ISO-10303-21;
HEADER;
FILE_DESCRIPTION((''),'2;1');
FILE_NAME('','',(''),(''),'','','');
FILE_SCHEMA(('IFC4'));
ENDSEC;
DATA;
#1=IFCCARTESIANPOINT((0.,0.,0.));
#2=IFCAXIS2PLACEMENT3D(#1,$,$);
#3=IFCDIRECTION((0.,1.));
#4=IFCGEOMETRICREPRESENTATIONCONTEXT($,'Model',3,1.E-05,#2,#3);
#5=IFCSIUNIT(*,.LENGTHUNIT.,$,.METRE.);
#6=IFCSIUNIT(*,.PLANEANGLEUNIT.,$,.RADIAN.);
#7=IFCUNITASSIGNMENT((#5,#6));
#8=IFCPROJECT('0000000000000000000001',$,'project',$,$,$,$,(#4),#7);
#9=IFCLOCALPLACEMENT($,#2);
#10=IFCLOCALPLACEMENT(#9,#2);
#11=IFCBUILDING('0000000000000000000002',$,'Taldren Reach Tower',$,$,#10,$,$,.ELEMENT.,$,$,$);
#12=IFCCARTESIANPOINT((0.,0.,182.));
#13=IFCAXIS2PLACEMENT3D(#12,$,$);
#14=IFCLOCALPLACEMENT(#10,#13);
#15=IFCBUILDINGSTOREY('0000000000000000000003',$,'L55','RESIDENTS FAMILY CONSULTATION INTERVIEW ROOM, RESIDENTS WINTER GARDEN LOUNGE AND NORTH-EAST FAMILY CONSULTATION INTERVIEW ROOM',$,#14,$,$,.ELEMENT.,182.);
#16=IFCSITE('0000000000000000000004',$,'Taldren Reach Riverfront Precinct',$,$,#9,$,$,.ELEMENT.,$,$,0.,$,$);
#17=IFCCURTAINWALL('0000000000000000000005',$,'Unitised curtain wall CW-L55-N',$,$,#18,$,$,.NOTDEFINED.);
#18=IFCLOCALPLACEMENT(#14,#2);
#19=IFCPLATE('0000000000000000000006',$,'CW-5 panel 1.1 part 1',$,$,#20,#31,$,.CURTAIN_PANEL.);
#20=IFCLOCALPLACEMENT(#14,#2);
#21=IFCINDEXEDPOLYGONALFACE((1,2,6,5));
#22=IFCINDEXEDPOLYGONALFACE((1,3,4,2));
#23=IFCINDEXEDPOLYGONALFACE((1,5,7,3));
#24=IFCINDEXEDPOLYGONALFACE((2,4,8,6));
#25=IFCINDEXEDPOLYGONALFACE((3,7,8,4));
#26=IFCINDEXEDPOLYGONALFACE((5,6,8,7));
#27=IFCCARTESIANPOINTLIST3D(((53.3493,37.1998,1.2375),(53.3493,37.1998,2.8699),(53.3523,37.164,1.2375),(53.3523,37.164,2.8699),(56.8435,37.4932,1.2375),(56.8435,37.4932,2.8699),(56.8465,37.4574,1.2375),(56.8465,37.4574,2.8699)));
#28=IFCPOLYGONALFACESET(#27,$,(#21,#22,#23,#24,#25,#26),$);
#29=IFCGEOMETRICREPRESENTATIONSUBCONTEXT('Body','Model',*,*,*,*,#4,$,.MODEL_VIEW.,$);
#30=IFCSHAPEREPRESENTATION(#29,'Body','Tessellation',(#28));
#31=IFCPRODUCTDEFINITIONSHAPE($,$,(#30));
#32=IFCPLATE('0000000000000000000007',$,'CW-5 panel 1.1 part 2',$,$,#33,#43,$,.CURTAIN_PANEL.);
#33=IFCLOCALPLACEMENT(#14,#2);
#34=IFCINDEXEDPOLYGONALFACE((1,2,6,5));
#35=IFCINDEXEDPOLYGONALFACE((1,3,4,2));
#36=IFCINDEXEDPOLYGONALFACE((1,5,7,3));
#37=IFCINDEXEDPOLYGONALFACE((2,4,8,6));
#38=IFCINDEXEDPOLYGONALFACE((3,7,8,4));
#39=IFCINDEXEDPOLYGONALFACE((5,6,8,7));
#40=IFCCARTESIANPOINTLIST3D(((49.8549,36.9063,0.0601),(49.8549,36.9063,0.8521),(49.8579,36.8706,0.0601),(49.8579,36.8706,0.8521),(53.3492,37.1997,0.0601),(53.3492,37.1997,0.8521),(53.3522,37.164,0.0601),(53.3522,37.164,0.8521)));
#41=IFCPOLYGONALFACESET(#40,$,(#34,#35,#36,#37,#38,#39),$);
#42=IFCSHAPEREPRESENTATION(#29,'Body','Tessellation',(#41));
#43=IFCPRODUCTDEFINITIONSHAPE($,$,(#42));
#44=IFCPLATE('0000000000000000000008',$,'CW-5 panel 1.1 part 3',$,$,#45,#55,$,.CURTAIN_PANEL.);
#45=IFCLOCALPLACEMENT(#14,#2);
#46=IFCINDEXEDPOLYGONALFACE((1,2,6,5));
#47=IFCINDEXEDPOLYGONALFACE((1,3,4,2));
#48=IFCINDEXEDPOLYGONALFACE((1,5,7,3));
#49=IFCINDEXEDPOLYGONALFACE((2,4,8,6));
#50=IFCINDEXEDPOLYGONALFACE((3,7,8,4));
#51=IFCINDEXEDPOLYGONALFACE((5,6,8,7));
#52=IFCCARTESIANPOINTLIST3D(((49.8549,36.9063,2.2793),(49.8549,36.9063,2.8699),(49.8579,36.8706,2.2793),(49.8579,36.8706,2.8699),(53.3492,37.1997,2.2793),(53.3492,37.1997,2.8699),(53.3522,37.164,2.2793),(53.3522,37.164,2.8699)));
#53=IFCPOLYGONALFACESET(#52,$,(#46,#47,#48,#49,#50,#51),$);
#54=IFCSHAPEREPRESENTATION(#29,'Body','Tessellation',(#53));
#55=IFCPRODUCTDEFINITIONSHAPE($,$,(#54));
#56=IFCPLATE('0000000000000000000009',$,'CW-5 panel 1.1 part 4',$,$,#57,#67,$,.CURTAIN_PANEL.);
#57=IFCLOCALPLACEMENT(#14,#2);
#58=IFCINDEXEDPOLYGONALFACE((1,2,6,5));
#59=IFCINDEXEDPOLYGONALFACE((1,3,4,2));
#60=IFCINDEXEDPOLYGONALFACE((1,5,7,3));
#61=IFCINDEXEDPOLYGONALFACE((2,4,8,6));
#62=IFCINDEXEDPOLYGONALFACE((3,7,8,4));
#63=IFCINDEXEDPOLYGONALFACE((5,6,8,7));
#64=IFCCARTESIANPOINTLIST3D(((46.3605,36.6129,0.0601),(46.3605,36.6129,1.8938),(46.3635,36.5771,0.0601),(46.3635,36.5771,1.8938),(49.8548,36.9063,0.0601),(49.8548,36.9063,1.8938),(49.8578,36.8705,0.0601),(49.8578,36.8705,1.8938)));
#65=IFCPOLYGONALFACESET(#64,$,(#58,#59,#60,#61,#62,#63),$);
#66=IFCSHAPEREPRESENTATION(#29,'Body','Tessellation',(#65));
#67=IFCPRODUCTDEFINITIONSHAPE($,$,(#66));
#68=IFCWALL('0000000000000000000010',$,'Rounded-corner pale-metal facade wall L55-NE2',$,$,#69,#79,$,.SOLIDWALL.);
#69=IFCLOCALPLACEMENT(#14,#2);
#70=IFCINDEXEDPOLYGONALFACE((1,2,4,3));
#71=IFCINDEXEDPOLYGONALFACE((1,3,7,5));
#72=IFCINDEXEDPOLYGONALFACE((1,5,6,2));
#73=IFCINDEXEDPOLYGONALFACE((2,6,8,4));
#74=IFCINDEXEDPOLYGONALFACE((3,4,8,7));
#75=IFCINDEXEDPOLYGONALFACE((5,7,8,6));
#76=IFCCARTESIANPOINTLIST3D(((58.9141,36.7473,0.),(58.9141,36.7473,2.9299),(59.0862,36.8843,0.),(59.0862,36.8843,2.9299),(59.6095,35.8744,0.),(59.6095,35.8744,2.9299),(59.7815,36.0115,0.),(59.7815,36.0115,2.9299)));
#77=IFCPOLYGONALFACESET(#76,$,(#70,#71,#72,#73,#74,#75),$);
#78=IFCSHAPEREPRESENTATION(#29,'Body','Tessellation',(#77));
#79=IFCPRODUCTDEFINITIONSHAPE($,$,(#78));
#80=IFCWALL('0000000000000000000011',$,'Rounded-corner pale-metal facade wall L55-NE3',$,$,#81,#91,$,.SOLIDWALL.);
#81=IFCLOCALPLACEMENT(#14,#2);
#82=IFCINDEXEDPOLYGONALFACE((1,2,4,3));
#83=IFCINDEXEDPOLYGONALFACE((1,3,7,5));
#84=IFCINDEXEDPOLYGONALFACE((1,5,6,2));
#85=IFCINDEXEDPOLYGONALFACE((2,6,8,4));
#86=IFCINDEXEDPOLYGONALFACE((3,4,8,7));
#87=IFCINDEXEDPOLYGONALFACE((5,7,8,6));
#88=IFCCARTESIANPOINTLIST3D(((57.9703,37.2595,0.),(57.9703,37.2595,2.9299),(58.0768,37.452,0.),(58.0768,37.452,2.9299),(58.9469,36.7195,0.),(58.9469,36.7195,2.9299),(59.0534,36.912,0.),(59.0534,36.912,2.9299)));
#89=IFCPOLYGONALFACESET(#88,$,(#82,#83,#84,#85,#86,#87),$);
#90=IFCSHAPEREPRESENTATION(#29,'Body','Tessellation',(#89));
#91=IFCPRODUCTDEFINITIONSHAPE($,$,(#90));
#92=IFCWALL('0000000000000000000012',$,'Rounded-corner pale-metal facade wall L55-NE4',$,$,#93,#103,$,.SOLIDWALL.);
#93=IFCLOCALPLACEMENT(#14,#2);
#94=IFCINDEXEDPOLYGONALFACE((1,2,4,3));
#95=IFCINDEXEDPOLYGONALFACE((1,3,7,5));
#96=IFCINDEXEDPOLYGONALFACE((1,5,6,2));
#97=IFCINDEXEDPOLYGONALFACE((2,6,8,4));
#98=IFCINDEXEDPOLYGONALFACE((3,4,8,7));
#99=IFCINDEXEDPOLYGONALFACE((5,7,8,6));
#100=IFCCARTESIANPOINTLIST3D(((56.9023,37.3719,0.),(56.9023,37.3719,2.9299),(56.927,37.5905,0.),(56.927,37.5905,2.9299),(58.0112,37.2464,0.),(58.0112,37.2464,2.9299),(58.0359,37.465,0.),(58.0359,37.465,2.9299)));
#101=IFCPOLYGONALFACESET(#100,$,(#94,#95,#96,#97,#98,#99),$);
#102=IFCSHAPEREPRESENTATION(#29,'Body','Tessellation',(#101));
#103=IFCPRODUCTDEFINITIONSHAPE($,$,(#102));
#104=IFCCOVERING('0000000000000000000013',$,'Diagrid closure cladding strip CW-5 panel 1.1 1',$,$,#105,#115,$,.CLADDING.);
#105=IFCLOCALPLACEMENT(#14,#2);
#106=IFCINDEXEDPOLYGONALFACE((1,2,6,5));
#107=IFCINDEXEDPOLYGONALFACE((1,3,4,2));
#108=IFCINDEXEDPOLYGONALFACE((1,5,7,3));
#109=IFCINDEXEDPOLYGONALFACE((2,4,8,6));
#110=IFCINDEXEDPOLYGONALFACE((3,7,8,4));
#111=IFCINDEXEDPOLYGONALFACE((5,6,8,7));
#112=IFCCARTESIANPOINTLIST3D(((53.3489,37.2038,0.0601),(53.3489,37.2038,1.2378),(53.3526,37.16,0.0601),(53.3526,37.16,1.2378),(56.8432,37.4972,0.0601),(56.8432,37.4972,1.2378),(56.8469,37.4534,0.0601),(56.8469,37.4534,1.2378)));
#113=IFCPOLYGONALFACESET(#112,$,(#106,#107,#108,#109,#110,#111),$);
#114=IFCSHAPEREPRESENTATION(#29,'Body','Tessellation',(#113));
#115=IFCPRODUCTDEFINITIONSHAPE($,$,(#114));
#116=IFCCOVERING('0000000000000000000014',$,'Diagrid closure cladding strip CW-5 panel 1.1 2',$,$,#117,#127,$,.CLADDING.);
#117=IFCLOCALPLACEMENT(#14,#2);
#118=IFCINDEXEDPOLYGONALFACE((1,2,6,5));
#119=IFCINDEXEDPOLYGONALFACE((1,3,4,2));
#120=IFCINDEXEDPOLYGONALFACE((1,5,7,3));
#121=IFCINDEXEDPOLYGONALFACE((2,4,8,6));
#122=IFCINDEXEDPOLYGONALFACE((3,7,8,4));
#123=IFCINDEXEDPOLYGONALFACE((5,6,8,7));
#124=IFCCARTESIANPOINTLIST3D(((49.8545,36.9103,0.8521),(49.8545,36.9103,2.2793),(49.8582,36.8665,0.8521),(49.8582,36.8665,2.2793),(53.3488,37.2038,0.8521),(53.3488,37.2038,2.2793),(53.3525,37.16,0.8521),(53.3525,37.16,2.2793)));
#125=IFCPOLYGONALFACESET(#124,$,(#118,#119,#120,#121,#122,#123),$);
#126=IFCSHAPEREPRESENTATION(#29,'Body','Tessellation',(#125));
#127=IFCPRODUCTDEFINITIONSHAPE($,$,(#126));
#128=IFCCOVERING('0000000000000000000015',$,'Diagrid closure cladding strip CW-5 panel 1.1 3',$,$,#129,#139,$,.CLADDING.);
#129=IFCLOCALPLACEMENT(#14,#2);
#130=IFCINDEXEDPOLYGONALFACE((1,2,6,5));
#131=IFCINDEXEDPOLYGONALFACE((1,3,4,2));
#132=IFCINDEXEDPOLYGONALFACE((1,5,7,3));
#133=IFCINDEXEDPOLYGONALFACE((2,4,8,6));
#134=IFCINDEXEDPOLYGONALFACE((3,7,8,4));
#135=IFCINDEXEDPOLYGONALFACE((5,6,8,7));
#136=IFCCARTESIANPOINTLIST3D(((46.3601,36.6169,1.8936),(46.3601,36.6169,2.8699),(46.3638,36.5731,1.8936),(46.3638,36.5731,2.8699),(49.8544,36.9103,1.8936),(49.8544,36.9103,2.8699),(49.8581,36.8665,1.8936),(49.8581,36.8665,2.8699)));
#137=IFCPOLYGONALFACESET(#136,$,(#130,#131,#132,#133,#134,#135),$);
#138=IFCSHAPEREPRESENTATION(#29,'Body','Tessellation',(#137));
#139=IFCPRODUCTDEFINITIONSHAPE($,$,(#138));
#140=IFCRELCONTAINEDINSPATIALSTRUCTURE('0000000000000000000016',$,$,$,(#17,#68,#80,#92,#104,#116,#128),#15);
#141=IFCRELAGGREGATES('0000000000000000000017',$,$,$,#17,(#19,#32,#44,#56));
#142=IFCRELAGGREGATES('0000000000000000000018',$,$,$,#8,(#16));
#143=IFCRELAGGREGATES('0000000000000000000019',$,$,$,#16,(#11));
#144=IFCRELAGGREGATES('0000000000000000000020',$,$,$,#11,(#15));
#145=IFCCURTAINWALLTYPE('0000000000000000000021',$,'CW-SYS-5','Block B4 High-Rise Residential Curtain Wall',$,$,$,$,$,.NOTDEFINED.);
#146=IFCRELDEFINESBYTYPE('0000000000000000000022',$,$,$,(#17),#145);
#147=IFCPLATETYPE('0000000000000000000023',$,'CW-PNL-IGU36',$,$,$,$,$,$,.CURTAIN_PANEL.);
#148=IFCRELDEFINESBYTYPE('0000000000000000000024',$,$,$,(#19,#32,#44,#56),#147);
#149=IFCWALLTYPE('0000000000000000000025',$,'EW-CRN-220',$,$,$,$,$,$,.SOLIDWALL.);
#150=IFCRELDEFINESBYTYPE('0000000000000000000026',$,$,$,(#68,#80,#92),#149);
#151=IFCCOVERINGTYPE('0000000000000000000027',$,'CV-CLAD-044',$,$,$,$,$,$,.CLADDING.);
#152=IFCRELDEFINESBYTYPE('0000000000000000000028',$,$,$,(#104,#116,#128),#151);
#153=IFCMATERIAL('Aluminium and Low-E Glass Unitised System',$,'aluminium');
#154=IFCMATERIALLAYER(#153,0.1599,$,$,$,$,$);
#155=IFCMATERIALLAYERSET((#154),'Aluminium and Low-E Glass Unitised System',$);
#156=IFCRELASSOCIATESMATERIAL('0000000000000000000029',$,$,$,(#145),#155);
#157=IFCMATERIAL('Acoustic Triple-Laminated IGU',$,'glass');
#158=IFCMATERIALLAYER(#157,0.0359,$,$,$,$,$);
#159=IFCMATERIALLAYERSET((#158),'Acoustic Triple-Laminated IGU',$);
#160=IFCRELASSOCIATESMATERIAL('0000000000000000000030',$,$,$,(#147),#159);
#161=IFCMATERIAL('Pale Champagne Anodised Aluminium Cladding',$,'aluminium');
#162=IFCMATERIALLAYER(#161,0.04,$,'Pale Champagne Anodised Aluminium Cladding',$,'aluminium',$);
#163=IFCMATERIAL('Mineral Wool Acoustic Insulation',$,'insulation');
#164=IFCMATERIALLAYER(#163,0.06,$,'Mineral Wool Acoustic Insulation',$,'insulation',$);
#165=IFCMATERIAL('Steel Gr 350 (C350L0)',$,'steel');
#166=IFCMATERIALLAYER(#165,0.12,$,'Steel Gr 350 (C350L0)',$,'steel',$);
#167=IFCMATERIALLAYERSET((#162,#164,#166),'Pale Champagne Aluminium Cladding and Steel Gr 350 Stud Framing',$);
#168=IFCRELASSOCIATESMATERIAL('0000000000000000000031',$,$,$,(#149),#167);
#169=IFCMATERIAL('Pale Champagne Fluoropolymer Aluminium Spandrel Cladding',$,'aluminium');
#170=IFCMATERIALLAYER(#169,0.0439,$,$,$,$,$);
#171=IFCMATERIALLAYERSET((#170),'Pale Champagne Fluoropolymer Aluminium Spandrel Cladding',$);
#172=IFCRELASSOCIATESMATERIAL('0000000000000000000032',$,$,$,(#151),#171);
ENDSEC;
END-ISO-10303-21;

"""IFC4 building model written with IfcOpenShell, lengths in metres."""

from ifc_helpers import new_model, si_unit, direction, frame, frame_2d, origin, origin_2d, place, context, subcontext, project, spatial, rectangle, extrude, source, transform, mapped, material, layer, layer_set, type_object, element, aggregate, save


model = new_model("IFC4")

# Units and contexts
model_context = context("Model", 3, precision=1e-05, world=origin(), true_north=direction((0.0, 1.0)))
body_context = subcontext(model_context, "Body", "Model", "MODEL_VIEW")
ifc_project = project(units=[si_unit("LENGTHUNIT", "METRE"), si_unit("PLANEANGLEUNIT", "RADIAN")], contexts=[model_context])

# Site, building, storey
site_placement = place(None, origin())
site = spatial("IfcSite", under=ifc_project, at=site_placement, Name="Taldren Reach Riverfront Precinct", CompositionType="ELEMENT", RefElevation=0.0)
building_placement = place(site_placement, origin())
building = spatial("IfcBuilding", under=site, at=building_placement, Name="Taldren Reach Tower", CompositionType="ELEMENT")
storey_placement = place(building_placement, frame((0.0, 0.0, 182.0)))
storey = spatial("IfcBuildingStorey", under=building, at=storey_placement, Name="L55", Description="RESIDENTS FAMILY CONSULTATION INTERVIEW ROOM, RESIDENTS WINTER GARDEN LOUNGE AND NORTH-EAST FAMILY CONSULTATION INTERVIEW ROOM", CompositionType="ELEMENT", Elevation=182.0)

# Shared definitions
ifc_material_1 = material(Name="Steel Gr 350 (C350L0)", Category="steel")

# Curtain wall
ifc_material_2 = material(Name="Aluminium and Low-E Glass Unitised System", Category="aluminium")
ifc_layer_1 = layer(ifc_material_2, 0.1599)
ifc_layer_set_1 = layer_set([ifc_layer_1], Name="Aluminium and Low-E Glass Unitised System")
curtain_wall_type = type_object("IfcCurtainWallType", Name="CW-SYS-5", Description="Block B4 High-Rise Residential Curtain Wall", PredefinedType="NOTDEFINED", material=ifc_layer_set_1)
curtain_wall_placement = place(storey_placement, origin())
curtain_wall = element("IfcCurtainWall", 1, at=curtain_wall_placement, inside=storey, type_object=curtain_wall_type, Name="Unitised curtain wall CW-L55-N", PredefinedType="NOTDEFINED")

# Plates
ifc_material_3 = material(Name="Acoustic Triple-Laminated IGU", Category="glass")
ifc_layer_2 = layer(ifc_material_3, 0.0359)
ifc_layer_set_2 = layer_set([ifc_layer_2], Name="Acoustic Triple-Laminated IGU")
plate_type_1 = type_object("IfcPlateType", Name="CW-PNL-IGU36", PredefinedType="CURTAIN_PANEL", material=ifc_layer_set_2)
shared_shape_1 = source(origin(), body_context, "Body", "SweptSolid", [
    extrude(rectangle(XDim=3.5066, YDim=0.0359, at=origin_2d()), origin(), (0.0, 0.0, 1.0), 1.6323),
])
plate_1_placement = place(storey_placement, frame((55.0979, 37.3286, 1.2375), z_axis=(0.0, 0.0, 1.0), x_axis=(-0.996493, -0.083678, 0.0)))
plate_1 = element("IfcPlate", 2, at=plate_1_placement, type_object=plate_type_1, Name="CW-5 panel 1.1 part 1", PredefinedType="CURTAIN_PANEL", context=body_context, shape_type="MappedRepresentation", body=[
    mapped(shared_shape_1, transform((0.0, 0.0, 0.0), scale=1.0)),
])
shared_shape_2 = source(origin(), body_context, "Body", "SweptSolid", [
    extrude(rectangle(XDim=3.5066, YDim=0.0359, at=origin_2d()), origin(), (0.0, 0.0, 1.0), 0.792),
])
plate_2_placement = place(storey_placement, frame((51.6035, 37.0352, 0.0601), z_axis=(0.0, 0.0, 1.0), x_axis=(-0.996493, -0.083678, 0.0)))
plate_2 = element("IfcPlate", 3, at=plate_2_placement, type_object=plate_type_1, Name="CW-5 panel 1.1 part 2", PredefinedType="CURTAIN_PANEL", context=body_context, shape_type="MappedRepresentation", body=[
    mapped(shared_shape_2, transform((0.0, 0.0, 0.0), scale=1.0)),
])
shared_shape_3 = source(origin(), body_context, "Body", "SweptSolid", [
    extrude(rectangle(XDim=3.5066, YDim=0.0359, at=origin_2d()), origin(), (0.0, 0.0, 1.0), 0.5906),
])
plate_3_placement = place(storey_placement, frame((51.6035, 37.0352, 2.2793), z_axis=(0.0, 0.0, 1.0), x_axis=(-0.996493, -0.083678, 0.0)))
plate_3 = element("IfcPlate", 4, at=plate_3_placement, type_object=plate_type_1, Name="CW-5 panel 1.1 part 3", PredefinedType="CURTAIN_PANEL", context=body_context, shape_type="MappedRepresentation", body=[
    mapped(shared_shape_3, transform((0.0, 0.0, 0.0), scale=1.0)),
])
shared_shape_4 = source(origin(), body_context, "Body", "SweptSolid", [
    extrude(rectangle(XDim=3.5066, YDim=0.0359, at=origin_2d()), origin(), (0.0, 0.0, 1.0), 1.8337),
])
plate_4_placement = place(storey_placement, frame((48.1091, 36.7417, 0.0601), z_axis=(0.0, 0.0, 1.0), x_axis=(-0.996493, -0.083678, 0.0)))
plate_4 = element("IfcPlate", 5, at=plate_4_placement, type_object=plate_type_1, Name="CW-5 panel 1.1 part 4", PredefinedType="CURTAIN_PANEL", context=body_context, shape_type="MappedRepresentation", body=[
    mapped(shared_shape_4, transform((0.0, 0.0, 0.0), scale=1.0)),
])
aggregate(curtain_wall, [plate_1, plate_2, plate_3, plate_4])

# Walls
ifc_material_4 = material(Name="Pale Champagne Anodised Aluminium Cladding", Category="aluminium")
ifc_layer_3 = layer(ifc_material_4, 0.04, Name="Pale Champagne Anodised Aluminium Cladding", Category="aluminium")
ifc_material_5 = material(Name="Mineral Wool Acoustic Insulation", Category="insulation")
ifc_layer_4 = layer(ifc_material_5, 0.06, Name="Mineral Wool Acoustic Insulation", Category="insulation")
ifc_layer_5 = layer(ifc_material_1, 0.12, Name="Steel Gr 350 (C350L0)", Category="steel")
ifc_layer_set_3 = layer_set([ifc_layer_3, ifc_layer_4, ifc_layer_5], Name="Pale Champagne Aluminium Cladding and Steel Gr 350 Stud Framing")
wall_type = type_object("IfcWallType", Name="EW-CRN-220", PredefinedType="SOLIDWALL", material=ifc_layer_set_3)
shared_shape_5 = source(origin(), body_context, "Body", "SweptSolid", [
    extrude(rectangle(XDim=1.116, YDim=0.22, at=frame_2d((0.5581, 0.0))), origin(), (0.0, 0.0, 1.0), 2.9299),
])
for number, where, z_axis, x_axis, name in (
    (6, (59.6956, 35.9429, 0.0), (0.0, 0.0, 1.0), (-0.623093, 0.782148, 0.0), "Rounded-corner pale-metal facade wall L55-NE2"),
    (7, (59.0002, 36.8157, 0.0), (0.0, 0.0, 1.0), (-0.875105, 0.483933, 0.0), "Rounded-corner pale-metal facade wall L55-NE3"),
    (8, (58.0237, 37.3557, 0.0), (0.0, 0.0, 1.0), (-0.993658, 0.112448, 0.0), "Rounded-corner pale-metal facade wall L55-NE4"),
):
    element("IfcWall", number, at=place(storey_placement, frame(where, z_axis=z_axis, x_axis=x_axis)), inside=storey, type_object=wall_type, Name=name, PredefinedType="SOLIDWALL", context=body_context, shape_type="MappedRepresentation", body=[
        mapped(shared_shape_5, transform((0.0, 0.0, 0.0), scale=1.0)),
    ])

# Coverings
ifc_material_6 = material(Name="Pale Champagne Fluoropolymer Aluminium Spandrel Cladding", Category="aluminium")
ifc_layer_6 = layer(ifc_material_6, 0.0439)
ifc_layer_set_4 = layer_set([ifc_layer_6], Name="Pale Champagne Fluoropolymer Aluminium Spandrel Cladding")
covering_type = type_object("IfcCoveringType", Name="CV-CLAD-044", PredefinedType="CLADDING", material=ifc_layer_set_4)
shared_shape_6 = source(origin(), body_context, "Body", "SweptSolid", [
    extrude(rectangle(XDim=3.5066, YDim=0.0439, at=origin_2d()), origin(), (0.0, 0.0, 1.0), 1.1777),
])
covering_1_placement = place(storey_placement, frame((55.0979, 37.3286, 0.0601), z_axis=(0.0, 0.0, 1.0), x_axis=(-0.996493, -0.083678, 0.0)))
element("IfcCovering", 9, at=covering_1_placement, inside=storey, type_object=covering_type, Name="Diagrid closure cladding strip CW-5 panel 1.1 1", PredefinedType="CLADDING", context=body_context, shape_type="MappedRepresentation", body=[
    mapped(shared_shape_6, transform((0.0, 0.0, 0.0), scale=1.0)),
])
shared_shape_7 = source(origin(), body_context, "Body", "SweptSolid", [
    extrude(rectangle(XDim=3.5066, YDim=0.0439, at=origin_2d()), origin(), (0.0, 0.0, 1.0), 1.4272),
])
covering_2_placement = place(storey_placement, frame((51.6035, 37.0352, 0.8521), z_axis=(0.0, 0.0, 1.0), x_axis=(-0.996493, -0.083678, 0.0)))
element("IfcCovering", 10, at=covering_2_placement, inside=storey, type_object=covering_type, Name="Diagrid closure cladding strip CW-5 panel 1.1 2", PredefinedType="CLADDING", context=body_context, shape_type="MappedRepresentation", body=[
    mapped(shared_shape_7, transform((0.0, 0.0, 0.0), scale=1.0)),
])
shared_shape_8 = source(origin(), body_context, "Body", "SweptSolid", [
    extrude(rectangle(XDim=3.5066, YDim=0.0439, at=origin_2d()), origin(), (0.0, 0.0, 1.0), 0.9763),
])
covering_3_placement = place(storey_placement, frame((48.1091, 36.7417, 1.8936), z_axis=(0.0, 0.0, 1.0), x_axis=(-0.996493, -0.083678, 0.0)))
element("IfcCovering", 11, at=covering_3_placement, inside=storey, type_object=covering_type, Name="Diagrid closure cladding strip CW-5 panel 1.1 3", PredefinedType="CLADDING", context=body_context, shape_type="MappedRepresentation", body=[
    mapped(shared_shape_8, transform((0.0, 0.0, 0.0), scale=1.0)),
])

save(model, "model.ifc")
